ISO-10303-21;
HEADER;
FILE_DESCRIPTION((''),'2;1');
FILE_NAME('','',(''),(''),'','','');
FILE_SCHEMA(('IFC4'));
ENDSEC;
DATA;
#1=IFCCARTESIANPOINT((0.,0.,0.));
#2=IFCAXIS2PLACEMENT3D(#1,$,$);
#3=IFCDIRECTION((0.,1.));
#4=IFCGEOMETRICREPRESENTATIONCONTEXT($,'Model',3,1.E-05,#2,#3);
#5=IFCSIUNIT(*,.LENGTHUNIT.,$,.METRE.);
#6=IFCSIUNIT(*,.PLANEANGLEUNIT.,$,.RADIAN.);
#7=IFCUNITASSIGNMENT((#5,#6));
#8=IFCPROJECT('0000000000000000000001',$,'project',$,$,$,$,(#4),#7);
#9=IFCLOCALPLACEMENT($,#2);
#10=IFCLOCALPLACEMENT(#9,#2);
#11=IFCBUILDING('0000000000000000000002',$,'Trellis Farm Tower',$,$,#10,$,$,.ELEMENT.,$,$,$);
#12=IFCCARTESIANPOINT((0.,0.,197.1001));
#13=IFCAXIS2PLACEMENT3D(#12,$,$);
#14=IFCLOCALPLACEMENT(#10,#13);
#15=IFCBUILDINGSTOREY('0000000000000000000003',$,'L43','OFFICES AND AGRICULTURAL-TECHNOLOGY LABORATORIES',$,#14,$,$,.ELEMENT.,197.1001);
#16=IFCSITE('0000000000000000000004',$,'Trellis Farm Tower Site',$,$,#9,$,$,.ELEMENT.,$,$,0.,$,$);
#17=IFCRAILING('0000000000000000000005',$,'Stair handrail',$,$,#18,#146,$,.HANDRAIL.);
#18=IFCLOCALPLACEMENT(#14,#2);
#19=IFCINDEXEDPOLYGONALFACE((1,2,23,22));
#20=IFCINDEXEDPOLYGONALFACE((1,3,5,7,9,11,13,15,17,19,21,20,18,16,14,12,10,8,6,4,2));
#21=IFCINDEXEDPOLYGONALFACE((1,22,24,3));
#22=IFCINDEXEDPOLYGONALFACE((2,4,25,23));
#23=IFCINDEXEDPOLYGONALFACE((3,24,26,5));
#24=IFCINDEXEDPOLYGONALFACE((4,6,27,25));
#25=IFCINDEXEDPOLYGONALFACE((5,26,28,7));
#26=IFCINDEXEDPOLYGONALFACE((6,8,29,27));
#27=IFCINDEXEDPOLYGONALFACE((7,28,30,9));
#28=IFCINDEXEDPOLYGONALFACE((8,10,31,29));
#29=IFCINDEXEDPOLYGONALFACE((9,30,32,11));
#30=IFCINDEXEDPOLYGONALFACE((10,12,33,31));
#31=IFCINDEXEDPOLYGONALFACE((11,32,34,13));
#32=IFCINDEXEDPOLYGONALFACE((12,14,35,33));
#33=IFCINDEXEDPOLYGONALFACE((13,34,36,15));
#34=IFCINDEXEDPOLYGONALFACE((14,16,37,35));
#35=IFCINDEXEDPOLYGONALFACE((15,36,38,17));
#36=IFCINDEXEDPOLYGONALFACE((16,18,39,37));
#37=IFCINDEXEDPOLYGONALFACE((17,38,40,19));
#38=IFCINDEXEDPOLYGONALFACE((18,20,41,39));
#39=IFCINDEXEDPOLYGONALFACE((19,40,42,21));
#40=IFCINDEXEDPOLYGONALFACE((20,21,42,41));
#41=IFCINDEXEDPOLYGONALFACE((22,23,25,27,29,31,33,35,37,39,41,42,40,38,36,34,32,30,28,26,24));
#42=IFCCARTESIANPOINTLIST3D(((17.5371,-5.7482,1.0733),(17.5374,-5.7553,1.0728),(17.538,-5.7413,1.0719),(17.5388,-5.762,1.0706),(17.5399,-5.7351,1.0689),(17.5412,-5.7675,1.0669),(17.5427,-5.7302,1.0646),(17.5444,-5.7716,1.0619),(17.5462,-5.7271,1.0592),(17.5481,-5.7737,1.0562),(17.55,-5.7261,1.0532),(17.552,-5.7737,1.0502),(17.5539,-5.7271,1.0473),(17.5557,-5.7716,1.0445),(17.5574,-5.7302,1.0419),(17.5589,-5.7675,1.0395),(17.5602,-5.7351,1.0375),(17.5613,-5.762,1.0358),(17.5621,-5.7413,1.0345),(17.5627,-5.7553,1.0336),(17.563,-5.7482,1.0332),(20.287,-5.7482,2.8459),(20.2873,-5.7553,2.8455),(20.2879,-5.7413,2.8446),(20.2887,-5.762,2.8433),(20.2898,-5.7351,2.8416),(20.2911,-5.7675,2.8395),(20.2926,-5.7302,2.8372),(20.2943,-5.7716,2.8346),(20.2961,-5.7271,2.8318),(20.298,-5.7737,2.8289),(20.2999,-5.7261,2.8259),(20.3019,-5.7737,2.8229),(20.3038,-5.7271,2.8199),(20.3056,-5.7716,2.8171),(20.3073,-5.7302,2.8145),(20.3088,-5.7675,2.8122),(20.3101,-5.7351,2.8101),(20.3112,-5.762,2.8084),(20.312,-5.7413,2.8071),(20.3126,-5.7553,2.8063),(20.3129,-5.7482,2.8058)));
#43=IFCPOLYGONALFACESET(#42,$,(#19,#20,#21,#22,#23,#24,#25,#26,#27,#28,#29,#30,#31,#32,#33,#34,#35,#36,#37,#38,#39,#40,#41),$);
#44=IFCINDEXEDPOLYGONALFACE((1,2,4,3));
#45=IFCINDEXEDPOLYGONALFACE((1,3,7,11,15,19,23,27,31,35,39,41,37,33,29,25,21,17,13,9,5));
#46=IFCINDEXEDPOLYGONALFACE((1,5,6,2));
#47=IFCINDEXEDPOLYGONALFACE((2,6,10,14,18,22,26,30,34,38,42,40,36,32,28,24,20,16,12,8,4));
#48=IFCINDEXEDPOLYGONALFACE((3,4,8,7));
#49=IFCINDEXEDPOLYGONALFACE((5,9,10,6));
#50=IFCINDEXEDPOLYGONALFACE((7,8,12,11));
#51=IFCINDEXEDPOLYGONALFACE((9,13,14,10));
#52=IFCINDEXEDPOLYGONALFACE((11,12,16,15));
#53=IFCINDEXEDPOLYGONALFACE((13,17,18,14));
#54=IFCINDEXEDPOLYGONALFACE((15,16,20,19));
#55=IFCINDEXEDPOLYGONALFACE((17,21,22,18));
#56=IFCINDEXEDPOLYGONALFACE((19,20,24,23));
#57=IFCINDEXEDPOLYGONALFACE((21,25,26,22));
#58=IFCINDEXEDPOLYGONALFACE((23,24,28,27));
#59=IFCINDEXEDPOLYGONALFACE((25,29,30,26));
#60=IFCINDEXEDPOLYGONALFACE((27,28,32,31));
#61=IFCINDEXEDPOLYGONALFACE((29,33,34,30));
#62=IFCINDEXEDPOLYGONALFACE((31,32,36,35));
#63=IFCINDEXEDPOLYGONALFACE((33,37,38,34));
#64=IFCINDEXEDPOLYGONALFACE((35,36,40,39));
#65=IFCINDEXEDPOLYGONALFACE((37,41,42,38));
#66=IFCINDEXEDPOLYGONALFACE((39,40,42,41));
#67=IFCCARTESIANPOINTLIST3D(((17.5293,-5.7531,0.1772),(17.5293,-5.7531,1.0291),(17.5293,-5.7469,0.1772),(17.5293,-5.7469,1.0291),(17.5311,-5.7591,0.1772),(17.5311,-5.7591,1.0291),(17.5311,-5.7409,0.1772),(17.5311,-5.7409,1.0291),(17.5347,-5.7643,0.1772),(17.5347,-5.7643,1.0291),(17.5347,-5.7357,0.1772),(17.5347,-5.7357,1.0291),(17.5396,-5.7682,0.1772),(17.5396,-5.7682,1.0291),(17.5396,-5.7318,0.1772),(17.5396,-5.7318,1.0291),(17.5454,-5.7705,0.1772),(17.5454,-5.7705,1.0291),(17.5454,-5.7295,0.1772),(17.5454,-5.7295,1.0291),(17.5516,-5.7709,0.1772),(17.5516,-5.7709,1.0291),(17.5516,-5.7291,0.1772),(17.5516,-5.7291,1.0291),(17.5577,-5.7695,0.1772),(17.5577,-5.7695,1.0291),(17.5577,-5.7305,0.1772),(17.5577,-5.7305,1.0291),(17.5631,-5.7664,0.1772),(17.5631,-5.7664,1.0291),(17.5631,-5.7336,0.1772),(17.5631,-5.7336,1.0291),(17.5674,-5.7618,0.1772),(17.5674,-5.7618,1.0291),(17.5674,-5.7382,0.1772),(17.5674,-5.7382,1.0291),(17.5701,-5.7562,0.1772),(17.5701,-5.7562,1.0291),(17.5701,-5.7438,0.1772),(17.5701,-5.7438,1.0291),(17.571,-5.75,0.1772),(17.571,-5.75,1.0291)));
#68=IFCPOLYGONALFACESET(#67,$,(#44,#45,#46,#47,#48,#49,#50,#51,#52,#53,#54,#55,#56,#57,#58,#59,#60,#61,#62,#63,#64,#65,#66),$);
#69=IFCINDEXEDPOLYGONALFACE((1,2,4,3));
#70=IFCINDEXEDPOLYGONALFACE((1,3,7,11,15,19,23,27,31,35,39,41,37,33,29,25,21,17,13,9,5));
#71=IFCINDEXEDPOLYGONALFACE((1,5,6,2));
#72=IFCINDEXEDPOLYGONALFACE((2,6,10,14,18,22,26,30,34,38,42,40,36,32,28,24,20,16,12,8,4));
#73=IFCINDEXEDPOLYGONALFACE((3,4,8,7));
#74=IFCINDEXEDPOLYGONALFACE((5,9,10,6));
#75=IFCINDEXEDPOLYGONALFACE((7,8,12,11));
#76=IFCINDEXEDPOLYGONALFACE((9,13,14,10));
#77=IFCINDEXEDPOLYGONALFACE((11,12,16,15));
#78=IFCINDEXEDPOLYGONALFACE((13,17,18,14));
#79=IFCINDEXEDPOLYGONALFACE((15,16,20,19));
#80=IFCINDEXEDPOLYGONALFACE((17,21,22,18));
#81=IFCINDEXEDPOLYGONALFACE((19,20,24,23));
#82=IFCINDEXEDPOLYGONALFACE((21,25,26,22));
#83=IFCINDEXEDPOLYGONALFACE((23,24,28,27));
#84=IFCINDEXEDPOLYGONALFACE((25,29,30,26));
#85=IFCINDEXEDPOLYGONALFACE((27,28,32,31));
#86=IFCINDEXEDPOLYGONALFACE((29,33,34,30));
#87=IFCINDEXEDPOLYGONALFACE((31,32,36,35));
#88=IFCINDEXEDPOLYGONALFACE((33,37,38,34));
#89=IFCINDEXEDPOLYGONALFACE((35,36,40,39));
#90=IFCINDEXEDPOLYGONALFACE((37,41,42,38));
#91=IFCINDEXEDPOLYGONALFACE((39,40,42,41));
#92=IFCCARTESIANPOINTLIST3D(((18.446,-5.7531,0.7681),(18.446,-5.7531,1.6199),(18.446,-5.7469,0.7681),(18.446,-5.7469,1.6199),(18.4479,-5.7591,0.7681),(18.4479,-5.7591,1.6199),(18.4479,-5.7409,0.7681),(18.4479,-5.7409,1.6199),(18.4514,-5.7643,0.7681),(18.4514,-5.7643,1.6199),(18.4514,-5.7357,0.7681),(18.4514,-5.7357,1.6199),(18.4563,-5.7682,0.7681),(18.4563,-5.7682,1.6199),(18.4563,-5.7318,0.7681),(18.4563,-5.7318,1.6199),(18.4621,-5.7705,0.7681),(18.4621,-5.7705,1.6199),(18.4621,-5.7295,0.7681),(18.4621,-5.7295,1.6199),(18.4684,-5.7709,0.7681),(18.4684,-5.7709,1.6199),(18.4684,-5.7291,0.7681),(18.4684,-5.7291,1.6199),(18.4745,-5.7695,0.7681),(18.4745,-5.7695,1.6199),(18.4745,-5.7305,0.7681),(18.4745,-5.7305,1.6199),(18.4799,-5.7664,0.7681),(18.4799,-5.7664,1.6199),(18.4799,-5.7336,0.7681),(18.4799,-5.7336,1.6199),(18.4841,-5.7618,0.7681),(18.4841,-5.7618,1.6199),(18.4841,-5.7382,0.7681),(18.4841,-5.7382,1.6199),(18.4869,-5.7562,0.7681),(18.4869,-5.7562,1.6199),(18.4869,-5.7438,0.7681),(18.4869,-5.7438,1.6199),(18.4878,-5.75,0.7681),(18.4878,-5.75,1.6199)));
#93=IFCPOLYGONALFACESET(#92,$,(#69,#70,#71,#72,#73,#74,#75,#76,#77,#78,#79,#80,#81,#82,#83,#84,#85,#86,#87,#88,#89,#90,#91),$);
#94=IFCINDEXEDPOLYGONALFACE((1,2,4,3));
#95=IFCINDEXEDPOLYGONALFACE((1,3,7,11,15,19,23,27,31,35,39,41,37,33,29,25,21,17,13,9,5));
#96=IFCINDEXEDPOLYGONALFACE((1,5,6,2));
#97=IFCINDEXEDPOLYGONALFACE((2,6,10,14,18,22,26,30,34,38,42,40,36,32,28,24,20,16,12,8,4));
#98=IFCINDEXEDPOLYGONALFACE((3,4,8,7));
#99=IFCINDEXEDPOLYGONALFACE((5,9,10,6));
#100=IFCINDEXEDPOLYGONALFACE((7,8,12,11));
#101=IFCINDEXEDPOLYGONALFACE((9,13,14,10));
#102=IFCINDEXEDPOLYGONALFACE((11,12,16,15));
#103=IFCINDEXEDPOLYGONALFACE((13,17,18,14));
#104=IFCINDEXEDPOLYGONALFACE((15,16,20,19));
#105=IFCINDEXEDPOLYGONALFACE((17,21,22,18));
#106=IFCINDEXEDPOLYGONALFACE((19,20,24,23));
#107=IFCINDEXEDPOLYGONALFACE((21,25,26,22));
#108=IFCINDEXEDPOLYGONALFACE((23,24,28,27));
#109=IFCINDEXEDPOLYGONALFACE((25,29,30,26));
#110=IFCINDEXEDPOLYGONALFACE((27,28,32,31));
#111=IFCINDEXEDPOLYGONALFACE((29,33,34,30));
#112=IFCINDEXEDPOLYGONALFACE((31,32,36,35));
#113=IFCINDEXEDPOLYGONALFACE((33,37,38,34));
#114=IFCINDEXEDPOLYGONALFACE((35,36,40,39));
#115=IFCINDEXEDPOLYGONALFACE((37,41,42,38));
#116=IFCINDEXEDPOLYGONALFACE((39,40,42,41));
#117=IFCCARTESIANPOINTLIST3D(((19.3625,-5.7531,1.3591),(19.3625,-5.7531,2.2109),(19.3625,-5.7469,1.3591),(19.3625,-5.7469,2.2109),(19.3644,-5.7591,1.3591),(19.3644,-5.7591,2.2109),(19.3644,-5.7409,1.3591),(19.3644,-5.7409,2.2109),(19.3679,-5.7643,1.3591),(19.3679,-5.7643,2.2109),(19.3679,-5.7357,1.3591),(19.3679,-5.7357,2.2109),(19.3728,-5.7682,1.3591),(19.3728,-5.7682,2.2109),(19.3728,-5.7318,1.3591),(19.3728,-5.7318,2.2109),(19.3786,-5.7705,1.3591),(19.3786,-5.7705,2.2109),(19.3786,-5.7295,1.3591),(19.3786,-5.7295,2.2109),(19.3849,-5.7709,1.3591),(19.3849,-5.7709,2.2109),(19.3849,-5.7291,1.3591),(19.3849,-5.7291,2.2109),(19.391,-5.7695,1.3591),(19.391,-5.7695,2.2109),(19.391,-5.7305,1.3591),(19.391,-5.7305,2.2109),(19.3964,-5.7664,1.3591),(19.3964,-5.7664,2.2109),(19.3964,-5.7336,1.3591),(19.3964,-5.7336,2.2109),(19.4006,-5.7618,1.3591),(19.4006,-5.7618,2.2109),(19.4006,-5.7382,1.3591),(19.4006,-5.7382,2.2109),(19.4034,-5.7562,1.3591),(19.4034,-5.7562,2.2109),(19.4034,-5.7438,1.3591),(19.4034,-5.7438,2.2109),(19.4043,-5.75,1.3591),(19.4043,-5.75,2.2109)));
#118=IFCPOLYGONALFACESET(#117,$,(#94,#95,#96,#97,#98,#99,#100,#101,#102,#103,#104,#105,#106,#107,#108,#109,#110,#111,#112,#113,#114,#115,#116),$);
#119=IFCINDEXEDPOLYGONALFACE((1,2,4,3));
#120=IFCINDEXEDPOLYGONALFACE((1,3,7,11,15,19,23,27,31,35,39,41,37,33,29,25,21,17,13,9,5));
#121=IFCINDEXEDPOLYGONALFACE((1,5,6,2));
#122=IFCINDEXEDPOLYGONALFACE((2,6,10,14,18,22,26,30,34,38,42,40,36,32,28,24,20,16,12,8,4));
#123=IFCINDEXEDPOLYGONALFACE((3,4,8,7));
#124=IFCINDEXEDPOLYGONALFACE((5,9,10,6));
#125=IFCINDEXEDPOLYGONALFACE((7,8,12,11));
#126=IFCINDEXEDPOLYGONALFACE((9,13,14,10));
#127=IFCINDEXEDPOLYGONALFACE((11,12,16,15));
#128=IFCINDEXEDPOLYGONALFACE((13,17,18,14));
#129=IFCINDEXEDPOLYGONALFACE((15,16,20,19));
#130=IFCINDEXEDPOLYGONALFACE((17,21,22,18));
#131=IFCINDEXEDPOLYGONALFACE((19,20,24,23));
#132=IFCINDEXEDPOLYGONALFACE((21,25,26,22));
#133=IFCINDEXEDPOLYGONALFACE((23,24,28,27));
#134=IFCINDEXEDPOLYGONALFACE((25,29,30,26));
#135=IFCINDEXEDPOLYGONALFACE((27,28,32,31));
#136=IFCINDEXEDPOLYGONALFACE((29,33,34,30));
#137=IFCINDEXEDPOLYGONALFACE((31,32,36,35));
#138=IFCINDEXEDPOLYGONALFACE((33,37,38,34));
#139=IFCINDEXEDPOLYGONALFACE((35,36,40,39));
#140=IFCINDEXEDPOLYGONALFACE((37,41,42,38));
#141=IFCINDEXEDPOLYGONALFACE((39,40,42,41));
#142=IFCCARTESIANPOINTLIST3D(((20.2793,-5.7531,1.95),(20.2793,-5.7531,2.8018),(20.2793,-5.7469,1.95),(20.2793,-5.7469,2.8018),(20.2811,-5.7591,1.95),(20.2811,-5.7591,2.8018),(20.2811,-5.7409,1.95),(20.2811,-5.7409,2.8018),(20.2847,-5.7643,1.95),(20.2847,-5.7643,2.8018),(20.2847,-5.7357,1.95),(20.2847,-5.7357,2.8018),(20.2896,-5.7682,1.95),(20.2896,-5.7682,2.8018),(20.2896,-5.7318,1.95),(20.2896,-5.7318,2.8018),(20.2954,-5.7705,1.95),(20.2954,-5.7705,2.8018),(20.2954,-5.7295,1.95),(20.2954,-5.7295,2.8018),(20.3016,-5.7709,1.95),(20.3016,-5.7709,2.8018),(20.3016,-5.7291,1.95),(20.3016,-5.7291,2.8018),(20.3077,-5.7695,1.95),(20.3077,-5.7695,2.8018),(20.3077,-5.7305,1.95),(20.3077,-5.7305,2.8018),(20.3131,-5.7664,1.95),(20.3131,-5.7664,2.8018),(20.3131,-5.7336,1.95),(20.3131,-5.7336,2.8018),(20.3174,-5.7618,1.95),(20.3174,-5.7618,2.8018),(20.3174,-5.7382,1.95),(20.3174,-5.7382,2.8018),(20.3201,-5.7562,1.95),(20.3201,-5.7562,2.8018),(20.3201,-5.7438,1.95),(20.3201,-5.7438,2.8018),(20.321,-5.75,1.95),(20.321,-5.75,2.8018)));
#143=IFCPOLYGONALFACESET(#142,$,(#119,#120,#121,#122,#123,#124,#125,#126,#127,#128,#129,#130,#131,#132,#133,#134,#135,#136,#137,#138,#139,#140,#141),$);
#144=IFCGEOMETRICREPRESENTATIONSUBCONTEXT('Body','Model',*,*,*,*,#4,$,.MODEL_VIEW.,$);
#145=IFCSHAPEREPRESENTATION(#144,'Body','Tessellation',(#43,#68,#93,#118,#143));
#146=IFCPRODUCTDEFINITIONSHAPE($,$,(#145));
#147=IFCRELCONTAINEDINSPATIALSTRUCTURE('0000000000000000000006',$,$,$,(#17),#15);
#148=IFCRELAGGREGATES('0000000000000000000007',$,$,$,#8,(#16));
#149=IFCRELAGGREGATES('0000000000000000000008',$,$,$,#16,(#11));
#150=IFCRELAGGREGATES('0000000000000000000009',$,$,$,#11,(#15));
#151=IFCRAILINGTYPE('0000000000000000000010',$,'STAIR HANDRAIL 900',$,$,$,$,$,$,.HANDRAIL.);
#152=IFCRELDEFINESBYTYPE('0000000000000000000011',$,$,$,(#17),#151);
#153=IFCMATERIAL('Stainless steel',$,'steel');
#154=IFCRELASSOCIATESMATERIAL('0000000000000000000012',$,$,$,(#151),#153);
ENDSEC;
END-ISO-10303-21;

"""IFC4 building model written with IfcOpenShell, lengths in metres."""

from ifc_helpers import new_model, si_unit, direction, frame, origin, origin_2d, place, context, subcontext, project, spatial, circle, extrude, source, transform, mapped, material, type_object, element, save


model = new_model("IFC4")

# Units and contexts
model_context = context("Model", 3, precision=1e-05, world=origin(), true_north=direction((0.0, 1.0)))
body_context = subcontext(model_context, "Body", "Model", "MODEL_VIEW")
ifc_project = project(units=[si_unit("LENGTHUNIT", "METRE"), si_unit("PLANEANGLEUNIT", "RADIAN")], contexts=[model_context])

# Site, building, storey
site_placement = place(None, origin())
site = spatial("IfcSite", under=ifc_project, at=site_placement, Name="Trellis Farm Tower Site", CompositionType="ELEMENT", RefElevation=0.0)
building_placement = place(site_placement, origin())
building = spatial("IfcBuilding", under=site, at=building_placement, Name="Trellis Farm Tower", CompositionType="ELEMENT")
storey_placement = place(building_placement, frame((0.0, 0.0, 197.1001)))
storey = spatial("IfcBuildingStorey", under=building, at=storey_placement, Name="L43", Description="OFFICES AND AGRICULTURAL-TECHNOLOGY LABORATORIES", CompositionType="ELEMENT", Elevation=197.1001)

# Railing
ifc_material_1 = material(Name="Stainless steel", Category="steel")
railing_type = type_object("IfcRailingType", Name="STAIR HANDRAIL 900", PredefinedType="HANDRAIL", material=ifc_material_1)
shared_shape_1 = source(origin(), body_context, "Body", "SweptSolid", [
    extrude(circle(Radius=0.0239, at=origin_2d()), frame((0.0, 0.0, 0.876), z_axis=(0.840504, 0.0, 0.541806), x_axis=(0.0, 1.0, 0.0)), (0.0, 0.0, 1.0), 3.2717),
    extrude(circle(Radius=0.021, at=origin_2d()), origin(), (0.0, 0.0, 1.0), 0.8518),
    extrude(circle(Radius=0.021, at=origin_2d()), frame((0.9167, 0.0, 0.5908)), (0.0, 0.0, 1.0), 0.8518),
    extrude(circle(Radius=0.021, at=origin_2d()), frame((1.8333, 0.0, 1.1819)), (0.0, 0.0, 1.0), 0.8518),
    extrude(circle(Radius=0.021, at=origin_2d()), frame((2.75, 0.0, 1.7727)), (0.0, 0.0, 1.0), 0.8518),
])
for number, where, name in (
    (1, (17.55, -5.75, 0.1772), "Stair handrail"),
):
    element("IfcRailing", number, at=place(storey_placement, frame(where)), inside=storey, type_object=railing_type, Name=name, PredefinedType="HANDRAIL", context=body_context, shape_type="MappedRepresentation", body=[
        mapped(shared_shape_1, transform((0.0, 0.0, 0.0))),
    ])

save(model, "model.ifc")
